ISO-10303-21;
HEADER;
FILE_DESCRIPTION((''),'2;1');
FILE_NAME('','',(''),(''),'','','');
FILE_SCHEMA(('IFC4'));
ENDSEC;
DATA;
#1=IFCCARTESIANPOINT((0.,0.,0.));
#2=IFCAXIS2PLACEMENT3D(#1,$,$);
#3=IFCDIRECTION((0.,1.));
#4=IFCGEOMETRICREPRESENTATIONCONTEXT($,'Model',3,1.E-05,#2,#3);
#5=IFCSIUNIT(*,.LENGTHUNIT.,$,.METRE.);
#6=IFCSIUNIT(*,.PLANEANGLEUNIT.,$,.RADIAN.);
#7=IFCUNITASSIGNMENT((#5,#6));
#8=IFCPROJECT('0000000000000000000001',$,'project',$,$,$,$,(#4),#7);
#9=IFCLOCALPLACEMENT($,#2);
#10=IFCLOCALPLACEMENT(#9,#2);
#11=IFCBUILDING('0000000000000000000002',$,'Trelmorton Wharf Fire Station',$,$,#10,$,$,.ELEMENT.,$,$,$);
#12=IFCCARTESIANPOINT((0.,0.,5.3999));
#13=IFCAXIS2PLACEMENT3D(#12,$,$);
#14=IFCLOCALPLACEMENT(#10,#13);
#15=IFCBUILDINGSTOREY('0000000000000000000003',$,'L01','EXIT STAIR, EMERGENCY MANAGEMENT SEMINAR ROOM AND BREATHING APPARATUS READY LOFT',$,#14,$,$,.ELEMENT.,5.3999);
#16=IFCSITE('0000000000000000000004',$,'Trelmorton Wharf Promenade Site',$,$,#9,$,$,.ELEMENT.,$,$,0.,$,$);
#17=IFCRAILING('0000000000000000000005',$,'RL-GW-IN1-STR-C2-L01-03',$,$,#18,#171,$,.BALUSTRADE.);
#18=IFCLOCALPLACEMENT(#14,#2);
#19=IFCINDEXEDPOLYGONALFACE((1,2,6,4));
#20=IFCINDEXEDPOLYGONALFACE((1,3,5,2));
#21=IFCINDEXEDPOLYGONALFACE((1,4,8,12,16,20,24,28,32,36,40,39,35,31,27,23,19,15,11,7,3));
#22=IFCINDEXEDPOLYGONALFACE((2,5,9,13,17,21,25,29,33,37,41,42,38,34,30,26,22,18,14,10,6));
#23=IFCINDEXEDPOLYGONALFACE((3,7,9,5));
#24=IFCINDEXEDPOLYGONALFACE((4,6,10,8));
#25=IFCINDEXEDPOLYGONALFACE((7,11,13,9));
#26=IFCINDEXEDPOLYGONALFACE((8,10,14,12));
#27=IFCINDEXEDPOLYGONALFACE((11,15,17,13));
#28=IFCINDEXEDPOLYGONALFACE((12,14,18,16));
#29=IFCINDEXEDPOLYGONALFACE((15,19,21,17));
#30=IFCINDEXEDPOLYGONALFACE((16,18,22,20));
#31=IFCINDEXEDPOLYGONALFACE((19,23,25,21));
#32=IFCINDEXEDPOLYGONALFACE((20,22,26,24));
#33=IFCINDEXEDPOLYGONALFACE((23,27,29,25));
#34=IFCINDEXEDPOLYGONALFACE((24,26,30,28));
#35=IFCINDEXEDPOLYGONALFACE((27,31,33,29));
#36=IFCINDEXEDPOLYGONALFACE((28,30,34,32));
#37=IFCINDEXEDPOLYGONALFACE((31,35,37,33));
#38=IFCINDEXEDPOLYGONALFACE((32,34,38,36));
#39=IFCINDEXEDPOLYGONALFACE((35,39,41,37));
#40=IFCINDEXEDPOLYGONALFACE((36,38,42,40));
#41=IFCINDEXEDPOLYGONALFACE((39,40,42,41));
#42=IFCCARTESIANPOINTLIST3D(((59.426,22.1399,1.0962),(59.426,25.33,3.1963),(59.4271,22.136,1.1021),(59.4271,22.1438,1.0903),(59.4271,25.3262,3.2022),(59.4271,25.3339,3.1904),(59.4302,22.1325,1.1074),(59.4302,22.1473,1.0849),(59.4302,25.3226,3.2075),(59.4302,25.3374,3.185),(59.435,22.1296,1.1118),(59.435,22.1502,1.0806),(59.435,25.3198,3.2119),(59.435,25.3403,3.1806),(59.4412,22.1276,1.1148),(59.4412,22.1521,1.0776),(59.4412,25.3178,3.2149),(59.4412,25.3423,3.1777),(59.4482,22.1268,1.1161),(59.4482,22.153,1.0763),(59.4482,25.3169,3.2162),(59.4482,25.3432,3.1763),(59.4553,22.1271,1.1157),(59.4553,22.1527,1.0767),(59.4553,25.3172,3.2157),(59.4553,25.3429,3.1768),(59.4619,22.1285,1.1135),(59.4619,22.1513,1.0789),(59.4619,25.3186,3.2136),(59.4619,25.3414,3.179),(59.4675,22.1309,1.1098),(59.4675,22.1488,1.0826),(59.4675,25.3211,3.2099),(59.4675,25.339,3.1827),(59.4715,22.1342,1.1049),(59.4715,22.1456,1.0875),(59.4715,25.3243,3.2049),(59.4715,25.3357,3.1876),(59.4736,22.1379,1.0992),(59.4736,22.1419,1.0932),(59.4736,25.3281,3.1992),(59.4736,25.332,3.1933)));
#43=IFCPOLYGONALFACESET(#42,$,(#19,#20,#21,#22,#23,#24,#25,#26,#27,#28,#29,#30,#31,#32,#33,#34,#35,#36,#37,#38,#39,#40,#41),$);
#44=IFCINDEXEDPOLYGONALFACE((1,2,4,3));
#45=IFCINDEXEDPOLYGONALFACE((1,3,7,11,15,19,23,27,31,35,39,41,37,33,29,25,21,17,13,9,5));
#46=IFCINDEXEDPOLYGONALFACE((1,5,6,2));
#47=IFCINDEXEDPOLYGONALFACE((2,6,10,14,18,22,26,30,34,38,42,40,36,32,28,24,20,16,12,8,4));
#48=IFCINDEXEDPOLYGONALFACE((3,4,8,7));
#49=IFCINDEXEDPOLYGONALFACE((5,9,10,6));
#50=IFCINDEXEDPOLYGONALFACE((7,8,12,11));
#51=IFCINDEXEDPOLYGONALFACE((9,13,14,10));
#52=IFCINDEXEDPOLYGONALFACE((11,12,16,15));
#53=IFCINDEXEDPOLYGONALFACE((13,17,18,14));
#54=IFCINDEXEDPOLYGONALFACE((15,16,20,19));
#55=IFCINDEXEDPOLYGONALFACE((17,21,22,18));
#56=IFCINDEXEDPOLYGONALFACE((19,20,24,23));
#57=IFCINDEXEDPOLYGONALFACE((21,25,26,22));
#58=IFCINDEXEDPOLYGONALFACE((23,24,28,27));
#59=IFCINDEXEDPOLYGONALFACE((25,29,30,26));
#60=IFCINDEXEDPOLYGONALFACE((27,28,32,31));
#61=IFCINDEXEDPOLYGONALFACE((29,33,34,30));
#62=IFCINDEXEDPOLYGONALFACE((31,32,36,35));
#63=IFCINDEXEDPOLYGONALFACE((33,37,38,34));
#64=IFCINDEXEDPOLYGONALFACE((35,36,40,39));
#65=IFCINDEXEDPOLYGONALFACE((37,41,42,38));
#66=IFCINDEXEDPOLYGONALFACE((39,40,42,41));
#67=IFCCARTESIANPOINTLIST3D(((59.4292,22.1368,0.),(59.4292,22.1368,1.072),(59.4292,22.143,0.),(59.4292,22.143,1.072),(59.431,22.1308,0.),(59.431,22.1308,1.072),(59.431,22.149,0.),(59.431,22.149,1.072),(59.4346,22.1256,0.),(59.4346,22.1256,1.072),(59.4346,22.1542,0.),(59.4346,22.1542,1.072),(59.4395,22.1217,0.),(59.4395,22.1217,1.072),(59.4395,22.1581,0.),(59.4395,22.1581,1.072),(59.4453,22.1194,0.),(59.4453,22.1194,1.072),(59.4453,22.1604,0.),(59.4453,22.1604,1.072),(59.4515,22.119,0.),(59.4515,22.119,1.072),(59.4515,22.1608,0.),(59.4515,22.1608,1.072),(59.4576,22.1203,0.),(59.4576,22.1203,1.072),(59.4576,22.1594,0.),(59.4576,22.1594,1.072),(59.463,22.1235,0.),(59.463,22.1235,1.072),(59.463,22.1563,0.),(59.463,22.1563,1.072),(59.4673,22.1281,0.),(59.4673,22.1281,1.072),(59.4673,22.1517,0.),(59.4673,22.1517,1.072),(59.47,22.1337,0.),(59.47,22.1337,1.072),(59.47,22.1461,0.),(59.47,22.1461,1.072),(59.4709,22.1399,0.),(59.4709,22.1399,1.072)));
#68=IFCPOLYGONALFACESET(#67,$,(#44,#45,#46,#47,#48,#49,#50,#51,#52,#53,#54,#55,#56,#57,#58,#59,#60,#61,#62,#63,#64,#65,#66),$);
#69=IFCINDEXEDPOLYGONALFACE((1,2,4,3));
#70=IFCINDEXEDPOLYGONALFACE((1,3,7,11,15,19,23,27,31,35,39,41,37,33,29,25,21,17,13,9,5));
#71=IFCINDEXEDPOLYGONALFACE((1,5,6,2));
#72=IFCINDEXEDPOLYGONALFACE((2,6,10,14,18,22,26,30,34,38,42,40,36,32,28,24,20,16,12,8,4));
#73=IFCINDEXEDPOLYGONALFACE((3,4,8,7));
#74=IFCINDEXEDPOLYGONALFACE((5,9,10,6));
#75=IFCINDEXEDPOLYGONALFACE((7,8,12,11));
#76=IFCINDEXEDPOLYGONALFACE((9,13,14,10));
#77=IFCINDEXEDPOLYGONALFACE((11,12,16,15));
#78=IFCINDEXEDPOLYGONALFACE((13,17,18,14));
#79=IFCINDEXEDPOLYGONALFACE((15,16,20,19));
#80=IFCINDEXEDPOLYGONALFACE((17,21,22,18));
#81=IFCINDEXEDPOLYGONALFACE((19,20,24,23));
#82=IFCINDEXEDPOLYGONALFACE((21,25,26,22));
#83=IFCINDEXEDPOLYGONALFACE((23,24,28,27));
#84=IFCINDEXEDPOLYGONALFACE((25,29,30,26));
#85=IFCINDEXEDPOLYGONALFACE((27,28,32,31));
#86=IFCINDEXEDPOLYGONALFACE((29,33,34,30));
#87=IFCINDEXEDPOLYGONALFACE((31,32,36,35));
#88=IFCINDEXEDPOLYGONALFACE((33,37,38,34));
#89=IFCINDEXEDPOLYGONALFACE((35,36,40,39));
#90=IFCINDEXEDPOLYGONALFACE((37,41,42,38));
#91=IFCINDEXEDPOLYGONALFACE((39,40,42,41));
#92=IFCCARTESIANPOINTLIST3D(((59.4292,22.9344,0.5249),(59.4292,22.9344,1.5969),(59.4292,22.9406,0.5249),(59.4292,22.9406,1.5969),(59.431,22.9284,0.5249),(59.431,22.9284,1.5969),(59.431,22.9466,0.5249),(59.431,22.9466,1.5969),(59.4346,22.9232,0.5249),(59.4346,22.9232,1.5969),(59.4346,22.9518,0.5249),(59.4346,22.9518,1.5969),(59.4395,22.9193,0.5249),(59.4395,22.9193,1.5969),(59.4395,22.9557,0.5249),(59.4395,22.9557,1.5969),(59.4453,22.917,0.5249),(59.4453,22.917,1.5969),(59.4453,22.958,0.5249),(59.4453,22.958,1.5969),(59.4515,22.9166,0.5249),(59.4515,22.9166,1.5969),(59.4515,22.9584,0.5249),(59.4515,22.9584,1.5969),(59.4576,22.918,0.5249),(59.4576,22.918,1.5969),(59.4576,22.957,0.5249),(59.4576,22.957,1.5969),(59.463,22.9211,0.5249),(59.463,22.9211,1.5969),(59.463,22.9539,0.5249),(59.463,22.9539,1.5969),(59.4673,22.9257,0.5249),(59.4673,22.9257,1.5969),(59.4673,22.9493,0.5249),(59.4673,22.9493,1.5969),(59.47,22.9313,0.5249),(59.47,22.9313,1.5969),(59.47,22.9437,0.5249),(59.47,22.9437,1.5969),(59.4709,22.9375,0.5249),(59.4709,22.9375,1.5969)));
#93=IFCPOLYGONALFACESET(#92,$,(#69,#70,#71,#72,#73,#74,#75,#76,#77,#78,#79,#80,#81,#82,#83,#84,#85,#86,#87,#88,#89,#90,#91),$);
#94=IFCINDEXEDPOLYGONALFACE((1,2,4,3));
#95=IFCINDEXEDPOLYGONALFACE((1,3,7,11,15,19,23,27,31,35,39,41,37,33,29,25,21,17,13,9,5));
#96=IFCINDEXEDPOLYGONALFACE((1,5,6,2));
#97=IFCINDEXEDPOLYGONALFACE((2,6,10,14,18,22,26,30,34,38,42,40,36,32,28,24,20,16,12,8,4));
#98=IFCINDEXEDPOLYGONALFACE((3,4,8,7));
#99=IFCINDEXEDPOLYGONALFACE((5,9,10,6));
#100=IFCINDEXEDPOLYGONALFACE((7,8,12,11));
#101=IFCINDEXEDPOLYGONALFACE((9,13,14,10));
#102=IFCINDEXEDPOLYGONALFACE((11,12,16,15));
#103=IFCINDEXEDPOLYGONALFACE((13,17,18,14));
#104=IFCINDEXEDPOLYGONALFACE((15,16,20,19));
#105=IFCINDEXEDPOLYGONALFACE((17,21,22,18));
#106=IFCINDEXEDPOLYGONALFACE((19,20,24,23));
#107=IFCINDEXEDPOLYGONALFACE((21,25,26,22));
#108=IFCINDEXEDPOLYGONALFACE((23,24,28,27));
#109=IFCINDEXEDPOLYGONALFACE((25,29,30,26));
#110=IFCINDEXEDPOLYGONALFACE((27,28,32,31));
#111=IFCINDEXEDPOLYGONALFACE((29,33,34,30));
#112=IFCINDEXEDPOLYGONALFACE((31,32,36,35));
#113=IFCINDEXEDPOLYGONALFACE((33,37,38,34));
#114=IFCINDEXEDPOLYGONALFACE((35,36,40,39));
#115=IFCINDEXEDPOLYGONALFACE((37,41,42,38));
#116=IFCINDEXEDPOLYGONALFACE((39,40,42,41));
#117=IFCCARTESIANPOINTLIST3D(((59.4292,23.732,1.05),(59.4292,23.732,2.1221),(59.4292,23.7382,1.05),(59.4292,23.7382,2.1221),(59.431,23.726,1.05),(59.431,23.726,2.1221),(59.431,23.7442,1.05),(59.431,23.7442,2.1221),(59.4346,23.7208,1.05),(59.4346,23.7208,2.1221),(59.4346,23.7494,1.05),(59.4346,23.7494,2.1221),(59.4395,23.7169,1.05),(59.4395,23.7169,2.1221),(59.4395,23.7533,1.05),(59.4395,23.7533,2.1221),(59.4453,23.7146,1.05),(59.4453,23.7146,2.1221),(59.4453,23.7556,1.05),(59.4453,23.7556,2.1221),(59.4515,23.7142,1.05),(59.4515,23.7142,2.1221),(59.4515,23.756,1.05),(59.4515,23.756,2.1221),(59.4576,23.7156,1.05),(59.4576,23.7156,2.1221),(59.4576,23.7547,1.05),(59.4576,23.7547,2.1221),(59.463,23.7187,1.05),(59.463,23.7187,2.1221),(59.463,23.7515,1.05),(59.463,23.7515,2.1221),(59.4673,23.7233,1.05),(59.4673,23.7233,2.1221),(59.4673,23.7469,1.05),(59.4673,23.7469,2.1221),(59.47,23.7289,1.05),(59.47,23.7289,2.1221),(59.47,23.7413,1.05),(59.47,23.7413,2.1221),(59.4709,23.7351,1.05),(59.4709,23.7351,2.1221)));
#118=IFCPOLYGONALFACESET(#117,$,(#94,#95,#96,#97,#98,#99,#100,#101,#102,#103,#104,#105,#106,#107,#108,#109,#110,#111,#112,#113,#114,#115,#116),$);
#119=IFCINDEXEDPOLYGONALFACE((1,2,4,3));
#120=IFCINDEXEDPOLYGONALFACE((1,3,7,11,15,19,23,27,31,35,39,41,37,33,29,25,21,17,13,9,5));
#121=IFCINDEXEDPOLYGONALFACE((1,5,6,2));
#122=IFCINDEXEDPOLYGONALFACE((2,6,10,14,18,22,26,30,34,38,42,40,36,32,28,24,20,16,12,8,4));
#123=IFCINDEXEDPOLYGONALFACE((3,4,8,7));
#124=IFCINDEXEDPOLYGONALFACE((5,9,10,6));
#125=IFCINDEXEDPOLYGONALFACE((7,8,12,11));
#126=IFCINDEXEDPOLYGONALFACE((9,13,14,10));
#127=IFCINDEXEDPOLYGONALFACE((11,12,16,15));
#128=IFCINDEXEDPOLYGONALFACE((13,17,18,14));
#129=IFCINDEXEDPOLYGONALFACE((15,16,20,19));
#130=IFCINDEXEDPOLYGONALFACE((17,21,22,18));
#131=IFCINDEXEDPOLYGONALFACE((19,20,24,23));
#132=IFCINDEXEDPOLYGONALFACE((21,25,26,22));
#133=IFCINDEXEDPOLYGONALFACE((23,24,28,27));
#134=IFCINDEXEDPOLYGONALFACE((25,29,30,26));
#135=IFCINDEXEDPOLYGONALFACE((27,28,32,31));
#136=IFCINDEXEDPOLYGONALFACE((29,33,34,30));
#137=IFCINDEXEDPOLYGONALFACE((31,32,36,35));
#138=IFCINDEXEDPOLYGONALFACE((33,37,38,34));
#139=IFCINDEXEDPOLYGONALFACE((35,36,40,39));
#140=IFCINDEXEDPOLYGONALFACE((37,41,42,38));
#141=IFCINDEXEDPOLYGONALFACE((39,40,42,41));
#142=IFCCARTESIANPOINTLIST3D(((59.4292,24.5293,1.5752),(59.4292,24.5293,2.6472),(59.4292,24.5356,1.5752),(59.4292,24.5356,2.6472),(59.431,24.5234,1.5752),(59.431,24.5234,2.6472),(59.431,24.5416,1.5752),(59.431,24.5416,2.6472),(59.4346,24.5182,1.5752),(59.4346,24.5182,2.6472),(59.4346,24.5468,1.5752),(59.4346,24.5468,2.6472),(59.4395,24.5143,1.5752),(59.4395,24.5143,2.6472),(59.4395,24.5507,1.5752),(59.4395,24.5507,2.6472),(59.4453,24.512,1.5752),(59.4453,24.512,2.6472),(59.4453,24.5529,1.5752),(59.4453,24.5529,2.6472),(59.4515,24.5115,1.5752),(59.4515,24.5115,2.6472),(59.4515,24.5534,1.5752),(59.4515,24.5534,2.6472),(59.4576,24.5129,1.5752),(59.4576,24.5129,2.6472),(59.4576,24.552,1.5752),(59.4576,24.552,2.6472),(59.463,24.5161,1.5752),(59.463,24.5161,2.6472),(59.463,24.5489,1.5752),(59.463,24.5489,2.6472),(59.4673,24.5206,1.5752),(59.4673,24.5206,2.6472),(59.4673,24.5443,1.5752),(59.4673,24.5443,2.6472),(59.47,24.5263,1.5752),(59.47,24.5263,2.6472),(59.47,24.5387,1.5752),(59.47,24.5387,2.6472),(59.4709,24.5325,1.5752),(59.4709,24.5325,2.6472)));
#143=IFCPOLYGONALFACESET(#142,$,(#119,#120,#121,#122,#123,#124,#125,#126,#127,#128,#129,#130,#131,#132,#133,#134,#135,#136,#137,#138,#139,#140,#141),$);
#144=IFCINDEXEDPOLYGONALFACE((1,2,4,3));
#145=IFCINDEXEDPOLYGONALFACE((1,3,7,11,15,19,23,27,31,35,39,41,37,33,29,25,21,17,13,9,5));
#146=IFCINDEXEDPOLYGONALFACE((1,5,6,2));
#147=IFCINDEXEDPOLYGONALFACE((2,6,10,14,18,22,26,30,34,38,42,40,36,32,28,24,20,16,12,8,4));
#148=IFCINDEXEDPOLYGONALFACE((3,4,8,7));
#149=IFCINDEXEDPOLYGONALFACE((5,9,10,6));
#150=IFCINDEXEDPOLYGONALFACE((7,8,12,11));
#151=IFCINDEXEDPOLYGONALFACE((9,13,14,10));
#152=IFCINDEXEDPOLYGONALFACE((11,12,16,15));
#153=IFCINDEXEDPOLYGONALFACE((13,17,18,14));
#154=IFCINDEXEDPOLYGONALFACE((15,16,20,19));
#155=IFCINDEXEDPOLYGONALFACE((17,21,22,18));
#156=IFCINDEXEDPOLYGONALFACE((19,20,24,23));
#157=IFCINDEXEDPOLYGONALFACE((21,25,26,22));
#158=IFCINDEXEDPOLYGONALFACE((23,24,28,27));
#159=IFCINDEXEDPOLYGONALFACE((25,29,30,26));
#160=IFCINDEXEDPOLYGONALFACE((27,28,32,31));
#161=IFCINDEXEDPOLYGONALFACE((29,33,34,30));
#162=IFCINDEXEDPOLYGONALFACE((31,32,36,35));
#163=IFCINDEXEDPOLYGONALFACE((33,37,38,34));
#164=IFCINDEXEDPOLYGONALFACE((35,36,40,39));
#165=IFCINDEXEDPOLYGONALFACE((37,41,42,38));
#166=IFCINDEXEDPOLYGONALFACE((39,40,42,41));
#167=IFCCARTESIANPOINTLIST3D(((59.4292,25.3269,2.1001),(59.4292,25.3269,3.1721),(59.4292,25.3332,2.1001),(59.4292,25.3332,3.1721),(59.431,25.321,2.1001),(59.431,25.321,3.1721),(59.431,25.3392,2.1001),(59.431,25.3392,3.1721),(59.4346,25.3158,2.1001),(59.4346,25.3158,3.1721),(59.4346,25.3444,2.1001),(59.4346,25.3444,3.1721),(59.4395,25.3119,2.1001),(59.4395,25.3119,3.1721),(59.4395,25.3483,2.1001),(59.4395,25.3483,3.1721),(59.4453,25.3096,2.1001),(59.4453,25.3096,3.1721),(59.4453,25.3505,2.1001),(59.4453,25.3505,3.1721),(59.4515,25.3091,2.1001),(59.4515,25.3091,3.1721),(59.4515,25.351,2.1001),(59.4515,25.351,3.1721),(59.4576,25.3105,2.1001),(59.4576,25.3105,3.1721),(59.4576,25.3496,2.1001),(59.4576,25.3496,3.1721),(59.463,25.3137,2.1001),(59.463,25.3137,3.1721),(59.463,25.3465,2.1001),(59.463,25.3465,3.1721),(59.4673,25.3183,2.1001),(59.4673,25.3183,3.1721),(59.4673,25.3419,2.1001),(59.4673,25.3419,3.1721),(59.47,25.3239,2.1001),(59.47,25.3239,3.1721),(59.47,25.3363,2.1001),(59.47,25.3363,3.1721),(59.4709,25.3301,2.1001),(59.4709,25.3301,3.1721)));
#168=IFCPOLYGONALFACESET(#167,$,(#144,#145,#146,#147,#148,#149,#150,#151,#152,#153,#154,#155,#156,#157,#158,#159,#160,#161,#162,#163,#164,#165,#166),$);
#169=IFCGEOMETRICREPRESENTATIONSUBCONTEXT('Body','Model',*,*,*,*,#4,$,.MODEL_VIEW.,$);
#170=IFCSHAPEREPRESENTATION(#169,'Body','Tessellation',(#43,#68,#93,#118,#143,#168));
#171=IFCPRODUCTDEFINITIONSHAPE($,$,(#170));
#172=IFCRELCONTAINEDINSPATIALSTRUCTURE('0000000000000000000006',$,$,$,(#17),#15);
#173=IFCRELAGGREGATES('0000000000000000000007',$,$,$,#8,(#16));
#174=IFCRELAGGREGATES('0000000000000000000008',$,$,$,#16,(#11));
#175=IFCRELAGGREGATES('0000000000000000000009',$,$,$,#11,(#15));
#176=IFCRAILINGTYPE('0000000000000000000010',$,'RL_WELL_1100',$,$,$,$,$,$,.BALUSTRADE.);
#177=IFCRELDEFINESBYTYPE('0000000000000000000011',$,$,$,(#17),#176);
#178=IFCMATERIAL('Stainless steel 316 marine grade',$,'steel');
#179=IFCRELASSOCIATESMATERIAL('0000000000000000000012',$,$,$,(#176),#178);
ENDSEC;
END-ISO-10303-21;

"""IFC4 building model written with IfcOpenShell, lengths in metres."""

from ifc_helpers import new_model, si_unit, direction, frame, origin, origin_2d, place, context, subcontext, project, spatial, circle, extrude, material, type_object, element, save


model = new_model("IFC4")

# Units and contexts
model_context = context("Model", 3, precision=1e-05, world=origin(), true_north=direction((0.0, 1.0)))
body_context = subcontext(model_context, "Body", "Model", "MODEL_VIEW")
ifc_project = project(units=[si_unit("LENGTHUNIT", "METRE"), si_unit("PLANEANGLEUNIT", "RADIAN")], contexts=[model_context])

# Site, building, storey
site_placement = place(None, origin())
site = spatial("IfcSite", under=ifc_project, at=site_placement, Name="Trelmorton Wharf Promenade Site", CompositionType="ELEMENT", RefElevation=0.0)
building_placement = place(site_placement, origin())
building = spatial("IfcBuilding", under=site, at=building_placement, Name="Trelmorton Wharf Fire Station", CompositionType="ELEMENT")
storey_placement = place(building_placement, frame((0.0, 0.0, 5.3999)))
storey = spatial("IfcBuildingStorey", under=building, at=storey_placement, Name="L01", Description="EXIT STAIR, EMERGENCY MANAGEMENT SEMINAR ROOM AND BREATHING APPARATUS READY LOFT", CompositionType="ELEMENT", Elevation=5.3999)

# Shared definitions
ifc_material_1 = material(Name="Stainless steel 316 marine grade", Category="steel")

# Railing
railing_type_1 = type_object("IfcRailingType", Name="RL_WELL_1100", PredefinedType="BALUSTRADE", material=ifc_material_1)
railing_1_placement = place(storey_placement, frame((59.45, 22.1399, 0.0)))
element("IfcRailing", 1, at=railing_1_placement, inside=storey, type_object=railing_type_1, Name="RL-GW-IN1-STR-C2-L01-03", PredefinedType="BALUSTRADE", context=body_context, shape_type="SweptSolid", body=[
    extrude(circle(Radius=0.0239, at=origin_2d()), frame((0.0, 0.0, 1.0962), z_axis=(0.0, 0.835262, 0.549852), x_axis=(-1.0, 0.0, 0.0)), (0.0, 0.0, 1.0), 3.8193),
    extrude(circle(Radius=0.021, at=origin_2d()), origin(), (0.0, 0.0, 1.0), 1.072),
    extrude(circle(Radius=0.021, at=origin_2d()), frame((0.0, 0.7976, 0.5249)), (0.0, 0.0, 1.0), 1.072),
    extrude(circle(Radius=0.021, at=origin_2d()), frame((0.0, 1.5952, 1.05)), (0.0, 0.0, 1.0), 1.072),
    extrude(circle(Radius=0.021, at=origin_2d()), frame((0.0, 2.3926, 1.5752)), (0.0, 0.0, 1.0), 1.072),
    extrude(circle(Radius=0.021, at=origin_2d()), frame((0.0, 3.1902, 2.1001)), (0.0, 0.0, 1.0), 1.072),
])

save(model, "model.ifc")
